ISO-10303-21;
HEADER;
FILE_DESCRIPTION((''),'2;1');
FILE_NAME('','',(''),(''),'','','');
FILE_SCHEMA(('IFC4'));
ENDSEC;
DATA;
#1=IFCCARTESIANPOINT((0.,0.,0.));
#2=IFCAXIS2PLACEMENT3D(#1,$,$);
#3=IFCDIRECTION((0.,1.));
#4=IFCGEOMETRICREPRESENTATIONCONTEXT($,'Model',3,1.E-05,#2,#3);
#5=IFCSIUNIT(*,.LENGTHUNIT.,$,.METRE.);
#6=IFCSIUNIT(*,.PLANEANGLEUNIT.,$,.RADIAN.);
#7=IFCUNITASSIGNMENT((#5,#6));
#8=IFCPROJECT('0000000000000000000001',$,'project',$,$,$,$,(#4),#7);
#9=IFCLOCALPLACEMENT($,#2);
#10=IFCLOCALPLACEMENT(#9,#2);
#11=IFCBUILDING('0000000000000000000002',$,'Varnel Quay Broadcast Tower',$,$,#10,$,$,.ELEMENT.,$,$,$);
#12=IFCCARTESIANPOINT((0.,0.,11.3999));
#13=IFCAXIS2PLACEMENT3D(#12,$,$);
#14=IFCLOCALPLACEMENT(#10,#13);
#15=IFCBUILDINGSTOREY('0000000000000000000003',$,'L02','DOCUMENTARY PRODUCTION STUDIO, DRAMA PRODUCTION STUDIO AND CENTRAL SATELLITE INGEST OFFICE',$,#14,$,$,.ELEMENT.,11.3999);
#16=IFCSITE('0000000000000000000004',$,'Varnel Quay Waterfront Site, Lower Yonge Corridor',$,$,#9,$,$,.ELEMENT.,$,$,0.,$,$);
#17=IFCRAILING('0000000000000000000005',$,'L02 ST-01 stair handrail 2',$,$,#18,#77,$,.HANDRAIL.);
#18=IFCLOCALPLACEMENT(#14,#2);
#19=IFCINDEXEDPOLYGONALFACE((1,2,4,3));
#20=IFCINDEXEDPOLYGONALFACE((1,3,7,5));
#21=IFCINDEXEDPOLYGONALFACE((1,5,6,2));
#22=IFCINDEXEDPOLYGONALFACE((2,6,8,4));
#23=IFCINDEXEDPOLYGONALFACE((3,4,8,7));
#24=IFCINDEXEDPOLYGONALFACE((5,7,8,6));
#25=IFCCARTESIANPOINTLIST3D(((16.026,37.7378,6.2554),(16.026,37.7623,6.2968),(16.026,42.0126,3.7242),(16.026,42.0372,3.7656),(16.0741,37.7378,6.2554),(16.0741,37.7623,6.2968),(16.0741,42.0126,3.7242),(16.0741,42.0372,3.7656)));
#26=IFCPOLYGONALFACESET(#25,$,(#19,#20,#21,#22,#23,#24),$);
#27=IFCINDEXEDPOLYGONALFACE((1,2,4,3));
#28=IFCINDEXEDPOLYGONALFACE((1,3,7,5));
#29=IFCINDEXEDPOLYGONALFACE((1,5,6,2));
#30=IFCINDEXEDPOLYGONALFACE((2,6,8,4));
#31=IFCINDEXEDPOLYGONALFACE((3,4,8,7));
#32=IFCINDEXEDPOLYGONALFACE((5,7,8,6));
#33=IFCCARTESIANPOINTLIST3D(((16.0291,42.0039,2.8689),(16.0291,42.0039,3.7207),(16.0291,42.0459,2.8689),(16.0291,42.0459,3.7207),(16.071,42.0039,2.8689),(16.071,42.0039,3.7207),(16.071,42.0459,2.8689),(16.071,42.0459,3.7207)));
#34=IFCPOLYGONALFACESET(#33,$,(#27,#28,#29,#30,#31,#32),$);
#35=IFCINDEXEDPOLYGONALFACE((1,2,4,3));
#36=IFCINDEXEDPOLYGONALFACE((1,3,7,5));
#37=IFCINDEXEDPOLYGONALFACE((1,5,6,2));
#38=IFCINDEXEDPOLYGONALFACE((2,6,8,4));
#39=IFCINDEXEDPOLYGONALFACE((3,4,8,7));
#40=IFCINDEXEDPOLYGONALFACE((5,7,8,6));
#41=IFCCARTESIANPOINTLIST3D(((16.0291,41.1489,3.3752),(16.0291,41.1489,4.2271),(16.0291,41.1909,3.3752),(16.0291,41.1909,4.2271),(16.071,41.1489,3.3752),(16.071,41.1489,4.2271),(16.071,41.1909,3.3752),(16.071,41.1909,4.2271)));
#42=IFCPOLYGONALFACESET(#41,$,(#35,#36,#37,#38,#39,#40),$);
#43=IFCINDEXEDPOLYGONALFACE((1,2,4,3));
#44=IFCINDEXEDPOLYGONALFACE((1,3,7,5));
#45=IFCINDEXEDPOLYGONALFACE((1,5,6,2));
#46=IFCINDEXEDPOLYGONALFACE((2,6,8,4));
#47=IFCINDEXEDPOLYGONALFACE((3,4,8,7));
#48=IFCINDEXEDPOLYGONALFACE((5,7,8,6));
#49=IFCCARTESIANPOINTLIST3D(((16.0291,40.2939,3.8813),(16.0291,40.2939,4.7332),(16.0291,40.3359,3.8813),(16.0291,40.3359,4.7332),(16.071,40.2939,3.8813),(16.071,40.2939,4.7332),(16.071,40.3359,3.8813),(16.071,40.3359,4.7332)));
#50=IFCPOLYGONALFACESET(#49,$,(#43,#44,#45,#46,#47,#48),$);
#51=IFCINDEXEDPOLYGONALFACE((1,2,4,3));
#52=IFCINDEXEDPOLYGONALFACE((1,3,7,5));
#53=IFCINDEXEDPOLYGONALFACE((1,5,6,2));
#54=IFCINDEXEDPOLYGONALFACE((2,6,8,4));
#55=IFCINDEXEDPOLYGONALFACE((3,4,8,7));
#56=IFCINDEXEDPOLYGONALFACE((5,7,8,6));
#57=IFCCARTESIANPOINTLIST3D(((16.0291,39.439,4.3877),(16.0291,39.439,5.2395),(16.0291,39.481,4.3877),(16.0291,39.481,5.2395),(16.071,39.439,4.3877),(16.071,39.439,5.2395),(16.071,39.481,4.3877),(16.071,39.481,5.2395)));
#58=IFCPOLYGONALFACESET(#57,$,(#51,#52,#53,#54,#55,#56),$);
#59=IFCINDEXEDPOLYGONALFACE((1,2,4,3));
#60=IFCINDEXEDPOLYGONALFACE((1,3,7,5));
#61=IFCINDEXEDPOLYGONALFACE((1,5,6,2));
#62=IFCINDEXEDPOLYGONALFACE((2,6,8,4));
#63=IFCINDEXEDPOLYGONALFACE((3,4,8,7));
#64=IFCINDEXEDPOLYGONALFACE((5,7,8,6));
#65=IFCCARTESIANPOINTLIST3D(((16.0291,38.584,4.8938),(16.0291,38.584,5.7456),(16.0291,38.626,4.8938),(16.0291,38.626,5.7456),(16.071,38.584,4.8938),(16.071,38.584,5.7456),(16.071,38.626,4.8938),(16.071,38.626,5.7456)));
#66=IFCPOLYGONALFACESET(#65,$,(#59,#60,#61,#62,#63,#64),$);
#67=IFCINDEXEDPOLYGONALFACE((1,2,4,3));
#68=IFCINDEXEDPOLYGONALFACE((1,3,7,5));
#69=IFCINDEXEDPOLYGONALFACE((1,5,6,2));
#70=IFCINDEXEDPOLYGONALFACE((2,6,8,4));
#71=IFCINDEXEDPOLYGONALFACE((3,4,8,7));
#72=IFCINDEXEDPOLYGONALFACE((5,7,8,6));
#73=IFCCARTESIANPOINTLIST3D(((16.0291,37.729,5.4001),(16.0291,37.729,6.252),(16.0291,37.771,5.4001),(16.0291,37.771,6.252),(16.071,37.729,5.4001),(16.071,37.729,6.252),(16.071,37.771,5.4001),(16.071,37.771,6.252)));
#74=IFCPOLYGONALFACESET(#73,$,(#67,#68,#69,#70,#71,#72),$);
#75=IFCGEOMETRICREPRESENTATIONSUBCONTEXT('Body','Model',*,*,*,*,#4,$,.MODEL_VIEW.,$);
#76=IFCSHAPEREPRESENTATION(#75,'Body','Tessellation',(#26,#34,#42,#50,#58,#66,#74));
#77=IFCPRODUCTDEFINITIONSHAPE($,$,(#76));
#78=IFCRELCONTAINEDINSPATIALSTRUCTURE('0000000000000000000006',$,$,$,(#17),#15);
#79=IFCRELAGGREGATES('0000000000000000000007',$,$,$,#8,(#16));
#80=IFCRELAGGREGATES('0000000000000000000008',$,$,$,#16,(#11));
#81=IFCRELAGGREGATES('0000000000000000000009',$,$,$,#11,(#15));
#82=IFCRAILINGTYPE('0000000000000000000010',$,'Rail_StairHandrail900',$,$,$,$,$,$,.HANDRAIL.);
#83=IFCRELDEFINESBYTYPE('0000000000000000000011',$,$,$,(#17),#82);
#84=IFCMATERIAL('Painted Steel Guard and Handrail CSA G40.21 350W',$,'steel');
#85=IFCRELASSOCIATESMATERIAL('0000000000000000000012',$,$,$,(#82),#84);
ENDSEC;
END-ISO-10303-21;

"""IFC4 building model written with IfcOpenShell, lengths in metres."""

from ifc_helpers import new_model, si_unit, direction, frame, origin, origin_2d, place, context, subcontext, project, spatial, rectangle, extrude, material, type_object, element, save


model = new_model("IFC4")

# Units and contexts
model_context = context("Model", 3, precision=1e-05, world=origin(), true_north=direction((0.0, 1.0)))
body_context = subcontext(model_context, "Body", "Model", "MODEL_VIEW")
ifc_project = project(units=[si_unit("LENGTHUNIT", "METRE"), si_unit("PLANEANGLEUNIT", "RADIAN")], contexts=[model_context])

# Site, building, storey
site_placement = place(None, origin())
site = spatial("IfcSite", under=ifc_project, at=site_placement, Name="Varnel Quay Waterfront Site, Lower Yonge Corridor", CompositionType="ELEMENT", RefElevation=0.0)
building_placement = place(site_placement, origin())
building = spatial("IfcBuilding", under=site, at=building_placement, Name="Varnel Quay Broadcast Tower", CompositionType="ELEMENT")
storey_placement = place(building_placement, frame((0.0, 0.0, 11.3999)))
storey = spatial("IfcBuildingStorey", under=building, at=storey_placement, Name="L02", Description="DOCUMENTARY PRODUCTION STUDIO, DRAMA PRODUCTION STUDIO AND CENTRAL SATELLITE INGEST OFFICE", CompositionType="ELEMENT", Elevation=11.3999)

# Railing
ifc_material_1 = material(Name="Painted Steel Guard and Handrail CSA G40.21 350W", Category="steel")
railing_type_1 = type_object("IfcRailingType", Name="Rail_StairHandrail900", PredefinedType="HANDRAIL", material=ifc_material_1)
railing_1_placement = place(storey_placement, frame((16.05, 42.0249, 2.8689)))
element("IfcRailing", 1, at=railing_1_placement, inside=storey, type_object=railing_type_1, Name="L02 ST-01 stair handrail 2", PredefinedType="HANDRAIL", context=body_context, shape_type="SweptSolid", body=[
    extrude(rectangle(XDim=0.0481, YDim=0.0481, at=origin_2d()), frame((0.0, 0.0, 0.876), z_axis=(0.0, -0.86047, 0.509501), x_axis=(1.0, 0.0, 0.0)), (0.0, 0.0, 1.0), 4.968),
    extrude(rectangle(XDim=0.042, YDim=0.042, at=origin_2d()), origin(), (0.0, 0.0, 1.0), 0.8518),
    extrude(rectangle(XDim=0.042, YDim=0.042, at=origin_2d()), frame((0.0, -0.855, 0.5063)), (0.0, 0.0, 1.0), 0.8518),
    extrude(rectangle(XDim=0.042, YDim=0.042, at=origin_2d()), frame((0.0, -1.71, 1.0125)), (0.0, 0.0, 1.0), 0.8518),
    extrude(rectangle(XDim=0.042, YDim=0.042, at=origin_2d()), frame((0.0, -2.5649, 1.5188)), (0.0, 0.0, 1.0), 0.8518),
    extrude(rectangle(XDim=0.042, YDim=0.042, at=origin_2d()), frame((0.0, -3.4199, 2.0249)), (0.0, 0.0, 1.0), 0.8518),
    extrude(rectangle(XDim=0.042, YDim=0.042, at=origin_2d()), frame((0.0, -4.2749, 2.5312)), (0.0, 0.0, 1.0), 0.8518),
])

save(model, "model.ifc")
